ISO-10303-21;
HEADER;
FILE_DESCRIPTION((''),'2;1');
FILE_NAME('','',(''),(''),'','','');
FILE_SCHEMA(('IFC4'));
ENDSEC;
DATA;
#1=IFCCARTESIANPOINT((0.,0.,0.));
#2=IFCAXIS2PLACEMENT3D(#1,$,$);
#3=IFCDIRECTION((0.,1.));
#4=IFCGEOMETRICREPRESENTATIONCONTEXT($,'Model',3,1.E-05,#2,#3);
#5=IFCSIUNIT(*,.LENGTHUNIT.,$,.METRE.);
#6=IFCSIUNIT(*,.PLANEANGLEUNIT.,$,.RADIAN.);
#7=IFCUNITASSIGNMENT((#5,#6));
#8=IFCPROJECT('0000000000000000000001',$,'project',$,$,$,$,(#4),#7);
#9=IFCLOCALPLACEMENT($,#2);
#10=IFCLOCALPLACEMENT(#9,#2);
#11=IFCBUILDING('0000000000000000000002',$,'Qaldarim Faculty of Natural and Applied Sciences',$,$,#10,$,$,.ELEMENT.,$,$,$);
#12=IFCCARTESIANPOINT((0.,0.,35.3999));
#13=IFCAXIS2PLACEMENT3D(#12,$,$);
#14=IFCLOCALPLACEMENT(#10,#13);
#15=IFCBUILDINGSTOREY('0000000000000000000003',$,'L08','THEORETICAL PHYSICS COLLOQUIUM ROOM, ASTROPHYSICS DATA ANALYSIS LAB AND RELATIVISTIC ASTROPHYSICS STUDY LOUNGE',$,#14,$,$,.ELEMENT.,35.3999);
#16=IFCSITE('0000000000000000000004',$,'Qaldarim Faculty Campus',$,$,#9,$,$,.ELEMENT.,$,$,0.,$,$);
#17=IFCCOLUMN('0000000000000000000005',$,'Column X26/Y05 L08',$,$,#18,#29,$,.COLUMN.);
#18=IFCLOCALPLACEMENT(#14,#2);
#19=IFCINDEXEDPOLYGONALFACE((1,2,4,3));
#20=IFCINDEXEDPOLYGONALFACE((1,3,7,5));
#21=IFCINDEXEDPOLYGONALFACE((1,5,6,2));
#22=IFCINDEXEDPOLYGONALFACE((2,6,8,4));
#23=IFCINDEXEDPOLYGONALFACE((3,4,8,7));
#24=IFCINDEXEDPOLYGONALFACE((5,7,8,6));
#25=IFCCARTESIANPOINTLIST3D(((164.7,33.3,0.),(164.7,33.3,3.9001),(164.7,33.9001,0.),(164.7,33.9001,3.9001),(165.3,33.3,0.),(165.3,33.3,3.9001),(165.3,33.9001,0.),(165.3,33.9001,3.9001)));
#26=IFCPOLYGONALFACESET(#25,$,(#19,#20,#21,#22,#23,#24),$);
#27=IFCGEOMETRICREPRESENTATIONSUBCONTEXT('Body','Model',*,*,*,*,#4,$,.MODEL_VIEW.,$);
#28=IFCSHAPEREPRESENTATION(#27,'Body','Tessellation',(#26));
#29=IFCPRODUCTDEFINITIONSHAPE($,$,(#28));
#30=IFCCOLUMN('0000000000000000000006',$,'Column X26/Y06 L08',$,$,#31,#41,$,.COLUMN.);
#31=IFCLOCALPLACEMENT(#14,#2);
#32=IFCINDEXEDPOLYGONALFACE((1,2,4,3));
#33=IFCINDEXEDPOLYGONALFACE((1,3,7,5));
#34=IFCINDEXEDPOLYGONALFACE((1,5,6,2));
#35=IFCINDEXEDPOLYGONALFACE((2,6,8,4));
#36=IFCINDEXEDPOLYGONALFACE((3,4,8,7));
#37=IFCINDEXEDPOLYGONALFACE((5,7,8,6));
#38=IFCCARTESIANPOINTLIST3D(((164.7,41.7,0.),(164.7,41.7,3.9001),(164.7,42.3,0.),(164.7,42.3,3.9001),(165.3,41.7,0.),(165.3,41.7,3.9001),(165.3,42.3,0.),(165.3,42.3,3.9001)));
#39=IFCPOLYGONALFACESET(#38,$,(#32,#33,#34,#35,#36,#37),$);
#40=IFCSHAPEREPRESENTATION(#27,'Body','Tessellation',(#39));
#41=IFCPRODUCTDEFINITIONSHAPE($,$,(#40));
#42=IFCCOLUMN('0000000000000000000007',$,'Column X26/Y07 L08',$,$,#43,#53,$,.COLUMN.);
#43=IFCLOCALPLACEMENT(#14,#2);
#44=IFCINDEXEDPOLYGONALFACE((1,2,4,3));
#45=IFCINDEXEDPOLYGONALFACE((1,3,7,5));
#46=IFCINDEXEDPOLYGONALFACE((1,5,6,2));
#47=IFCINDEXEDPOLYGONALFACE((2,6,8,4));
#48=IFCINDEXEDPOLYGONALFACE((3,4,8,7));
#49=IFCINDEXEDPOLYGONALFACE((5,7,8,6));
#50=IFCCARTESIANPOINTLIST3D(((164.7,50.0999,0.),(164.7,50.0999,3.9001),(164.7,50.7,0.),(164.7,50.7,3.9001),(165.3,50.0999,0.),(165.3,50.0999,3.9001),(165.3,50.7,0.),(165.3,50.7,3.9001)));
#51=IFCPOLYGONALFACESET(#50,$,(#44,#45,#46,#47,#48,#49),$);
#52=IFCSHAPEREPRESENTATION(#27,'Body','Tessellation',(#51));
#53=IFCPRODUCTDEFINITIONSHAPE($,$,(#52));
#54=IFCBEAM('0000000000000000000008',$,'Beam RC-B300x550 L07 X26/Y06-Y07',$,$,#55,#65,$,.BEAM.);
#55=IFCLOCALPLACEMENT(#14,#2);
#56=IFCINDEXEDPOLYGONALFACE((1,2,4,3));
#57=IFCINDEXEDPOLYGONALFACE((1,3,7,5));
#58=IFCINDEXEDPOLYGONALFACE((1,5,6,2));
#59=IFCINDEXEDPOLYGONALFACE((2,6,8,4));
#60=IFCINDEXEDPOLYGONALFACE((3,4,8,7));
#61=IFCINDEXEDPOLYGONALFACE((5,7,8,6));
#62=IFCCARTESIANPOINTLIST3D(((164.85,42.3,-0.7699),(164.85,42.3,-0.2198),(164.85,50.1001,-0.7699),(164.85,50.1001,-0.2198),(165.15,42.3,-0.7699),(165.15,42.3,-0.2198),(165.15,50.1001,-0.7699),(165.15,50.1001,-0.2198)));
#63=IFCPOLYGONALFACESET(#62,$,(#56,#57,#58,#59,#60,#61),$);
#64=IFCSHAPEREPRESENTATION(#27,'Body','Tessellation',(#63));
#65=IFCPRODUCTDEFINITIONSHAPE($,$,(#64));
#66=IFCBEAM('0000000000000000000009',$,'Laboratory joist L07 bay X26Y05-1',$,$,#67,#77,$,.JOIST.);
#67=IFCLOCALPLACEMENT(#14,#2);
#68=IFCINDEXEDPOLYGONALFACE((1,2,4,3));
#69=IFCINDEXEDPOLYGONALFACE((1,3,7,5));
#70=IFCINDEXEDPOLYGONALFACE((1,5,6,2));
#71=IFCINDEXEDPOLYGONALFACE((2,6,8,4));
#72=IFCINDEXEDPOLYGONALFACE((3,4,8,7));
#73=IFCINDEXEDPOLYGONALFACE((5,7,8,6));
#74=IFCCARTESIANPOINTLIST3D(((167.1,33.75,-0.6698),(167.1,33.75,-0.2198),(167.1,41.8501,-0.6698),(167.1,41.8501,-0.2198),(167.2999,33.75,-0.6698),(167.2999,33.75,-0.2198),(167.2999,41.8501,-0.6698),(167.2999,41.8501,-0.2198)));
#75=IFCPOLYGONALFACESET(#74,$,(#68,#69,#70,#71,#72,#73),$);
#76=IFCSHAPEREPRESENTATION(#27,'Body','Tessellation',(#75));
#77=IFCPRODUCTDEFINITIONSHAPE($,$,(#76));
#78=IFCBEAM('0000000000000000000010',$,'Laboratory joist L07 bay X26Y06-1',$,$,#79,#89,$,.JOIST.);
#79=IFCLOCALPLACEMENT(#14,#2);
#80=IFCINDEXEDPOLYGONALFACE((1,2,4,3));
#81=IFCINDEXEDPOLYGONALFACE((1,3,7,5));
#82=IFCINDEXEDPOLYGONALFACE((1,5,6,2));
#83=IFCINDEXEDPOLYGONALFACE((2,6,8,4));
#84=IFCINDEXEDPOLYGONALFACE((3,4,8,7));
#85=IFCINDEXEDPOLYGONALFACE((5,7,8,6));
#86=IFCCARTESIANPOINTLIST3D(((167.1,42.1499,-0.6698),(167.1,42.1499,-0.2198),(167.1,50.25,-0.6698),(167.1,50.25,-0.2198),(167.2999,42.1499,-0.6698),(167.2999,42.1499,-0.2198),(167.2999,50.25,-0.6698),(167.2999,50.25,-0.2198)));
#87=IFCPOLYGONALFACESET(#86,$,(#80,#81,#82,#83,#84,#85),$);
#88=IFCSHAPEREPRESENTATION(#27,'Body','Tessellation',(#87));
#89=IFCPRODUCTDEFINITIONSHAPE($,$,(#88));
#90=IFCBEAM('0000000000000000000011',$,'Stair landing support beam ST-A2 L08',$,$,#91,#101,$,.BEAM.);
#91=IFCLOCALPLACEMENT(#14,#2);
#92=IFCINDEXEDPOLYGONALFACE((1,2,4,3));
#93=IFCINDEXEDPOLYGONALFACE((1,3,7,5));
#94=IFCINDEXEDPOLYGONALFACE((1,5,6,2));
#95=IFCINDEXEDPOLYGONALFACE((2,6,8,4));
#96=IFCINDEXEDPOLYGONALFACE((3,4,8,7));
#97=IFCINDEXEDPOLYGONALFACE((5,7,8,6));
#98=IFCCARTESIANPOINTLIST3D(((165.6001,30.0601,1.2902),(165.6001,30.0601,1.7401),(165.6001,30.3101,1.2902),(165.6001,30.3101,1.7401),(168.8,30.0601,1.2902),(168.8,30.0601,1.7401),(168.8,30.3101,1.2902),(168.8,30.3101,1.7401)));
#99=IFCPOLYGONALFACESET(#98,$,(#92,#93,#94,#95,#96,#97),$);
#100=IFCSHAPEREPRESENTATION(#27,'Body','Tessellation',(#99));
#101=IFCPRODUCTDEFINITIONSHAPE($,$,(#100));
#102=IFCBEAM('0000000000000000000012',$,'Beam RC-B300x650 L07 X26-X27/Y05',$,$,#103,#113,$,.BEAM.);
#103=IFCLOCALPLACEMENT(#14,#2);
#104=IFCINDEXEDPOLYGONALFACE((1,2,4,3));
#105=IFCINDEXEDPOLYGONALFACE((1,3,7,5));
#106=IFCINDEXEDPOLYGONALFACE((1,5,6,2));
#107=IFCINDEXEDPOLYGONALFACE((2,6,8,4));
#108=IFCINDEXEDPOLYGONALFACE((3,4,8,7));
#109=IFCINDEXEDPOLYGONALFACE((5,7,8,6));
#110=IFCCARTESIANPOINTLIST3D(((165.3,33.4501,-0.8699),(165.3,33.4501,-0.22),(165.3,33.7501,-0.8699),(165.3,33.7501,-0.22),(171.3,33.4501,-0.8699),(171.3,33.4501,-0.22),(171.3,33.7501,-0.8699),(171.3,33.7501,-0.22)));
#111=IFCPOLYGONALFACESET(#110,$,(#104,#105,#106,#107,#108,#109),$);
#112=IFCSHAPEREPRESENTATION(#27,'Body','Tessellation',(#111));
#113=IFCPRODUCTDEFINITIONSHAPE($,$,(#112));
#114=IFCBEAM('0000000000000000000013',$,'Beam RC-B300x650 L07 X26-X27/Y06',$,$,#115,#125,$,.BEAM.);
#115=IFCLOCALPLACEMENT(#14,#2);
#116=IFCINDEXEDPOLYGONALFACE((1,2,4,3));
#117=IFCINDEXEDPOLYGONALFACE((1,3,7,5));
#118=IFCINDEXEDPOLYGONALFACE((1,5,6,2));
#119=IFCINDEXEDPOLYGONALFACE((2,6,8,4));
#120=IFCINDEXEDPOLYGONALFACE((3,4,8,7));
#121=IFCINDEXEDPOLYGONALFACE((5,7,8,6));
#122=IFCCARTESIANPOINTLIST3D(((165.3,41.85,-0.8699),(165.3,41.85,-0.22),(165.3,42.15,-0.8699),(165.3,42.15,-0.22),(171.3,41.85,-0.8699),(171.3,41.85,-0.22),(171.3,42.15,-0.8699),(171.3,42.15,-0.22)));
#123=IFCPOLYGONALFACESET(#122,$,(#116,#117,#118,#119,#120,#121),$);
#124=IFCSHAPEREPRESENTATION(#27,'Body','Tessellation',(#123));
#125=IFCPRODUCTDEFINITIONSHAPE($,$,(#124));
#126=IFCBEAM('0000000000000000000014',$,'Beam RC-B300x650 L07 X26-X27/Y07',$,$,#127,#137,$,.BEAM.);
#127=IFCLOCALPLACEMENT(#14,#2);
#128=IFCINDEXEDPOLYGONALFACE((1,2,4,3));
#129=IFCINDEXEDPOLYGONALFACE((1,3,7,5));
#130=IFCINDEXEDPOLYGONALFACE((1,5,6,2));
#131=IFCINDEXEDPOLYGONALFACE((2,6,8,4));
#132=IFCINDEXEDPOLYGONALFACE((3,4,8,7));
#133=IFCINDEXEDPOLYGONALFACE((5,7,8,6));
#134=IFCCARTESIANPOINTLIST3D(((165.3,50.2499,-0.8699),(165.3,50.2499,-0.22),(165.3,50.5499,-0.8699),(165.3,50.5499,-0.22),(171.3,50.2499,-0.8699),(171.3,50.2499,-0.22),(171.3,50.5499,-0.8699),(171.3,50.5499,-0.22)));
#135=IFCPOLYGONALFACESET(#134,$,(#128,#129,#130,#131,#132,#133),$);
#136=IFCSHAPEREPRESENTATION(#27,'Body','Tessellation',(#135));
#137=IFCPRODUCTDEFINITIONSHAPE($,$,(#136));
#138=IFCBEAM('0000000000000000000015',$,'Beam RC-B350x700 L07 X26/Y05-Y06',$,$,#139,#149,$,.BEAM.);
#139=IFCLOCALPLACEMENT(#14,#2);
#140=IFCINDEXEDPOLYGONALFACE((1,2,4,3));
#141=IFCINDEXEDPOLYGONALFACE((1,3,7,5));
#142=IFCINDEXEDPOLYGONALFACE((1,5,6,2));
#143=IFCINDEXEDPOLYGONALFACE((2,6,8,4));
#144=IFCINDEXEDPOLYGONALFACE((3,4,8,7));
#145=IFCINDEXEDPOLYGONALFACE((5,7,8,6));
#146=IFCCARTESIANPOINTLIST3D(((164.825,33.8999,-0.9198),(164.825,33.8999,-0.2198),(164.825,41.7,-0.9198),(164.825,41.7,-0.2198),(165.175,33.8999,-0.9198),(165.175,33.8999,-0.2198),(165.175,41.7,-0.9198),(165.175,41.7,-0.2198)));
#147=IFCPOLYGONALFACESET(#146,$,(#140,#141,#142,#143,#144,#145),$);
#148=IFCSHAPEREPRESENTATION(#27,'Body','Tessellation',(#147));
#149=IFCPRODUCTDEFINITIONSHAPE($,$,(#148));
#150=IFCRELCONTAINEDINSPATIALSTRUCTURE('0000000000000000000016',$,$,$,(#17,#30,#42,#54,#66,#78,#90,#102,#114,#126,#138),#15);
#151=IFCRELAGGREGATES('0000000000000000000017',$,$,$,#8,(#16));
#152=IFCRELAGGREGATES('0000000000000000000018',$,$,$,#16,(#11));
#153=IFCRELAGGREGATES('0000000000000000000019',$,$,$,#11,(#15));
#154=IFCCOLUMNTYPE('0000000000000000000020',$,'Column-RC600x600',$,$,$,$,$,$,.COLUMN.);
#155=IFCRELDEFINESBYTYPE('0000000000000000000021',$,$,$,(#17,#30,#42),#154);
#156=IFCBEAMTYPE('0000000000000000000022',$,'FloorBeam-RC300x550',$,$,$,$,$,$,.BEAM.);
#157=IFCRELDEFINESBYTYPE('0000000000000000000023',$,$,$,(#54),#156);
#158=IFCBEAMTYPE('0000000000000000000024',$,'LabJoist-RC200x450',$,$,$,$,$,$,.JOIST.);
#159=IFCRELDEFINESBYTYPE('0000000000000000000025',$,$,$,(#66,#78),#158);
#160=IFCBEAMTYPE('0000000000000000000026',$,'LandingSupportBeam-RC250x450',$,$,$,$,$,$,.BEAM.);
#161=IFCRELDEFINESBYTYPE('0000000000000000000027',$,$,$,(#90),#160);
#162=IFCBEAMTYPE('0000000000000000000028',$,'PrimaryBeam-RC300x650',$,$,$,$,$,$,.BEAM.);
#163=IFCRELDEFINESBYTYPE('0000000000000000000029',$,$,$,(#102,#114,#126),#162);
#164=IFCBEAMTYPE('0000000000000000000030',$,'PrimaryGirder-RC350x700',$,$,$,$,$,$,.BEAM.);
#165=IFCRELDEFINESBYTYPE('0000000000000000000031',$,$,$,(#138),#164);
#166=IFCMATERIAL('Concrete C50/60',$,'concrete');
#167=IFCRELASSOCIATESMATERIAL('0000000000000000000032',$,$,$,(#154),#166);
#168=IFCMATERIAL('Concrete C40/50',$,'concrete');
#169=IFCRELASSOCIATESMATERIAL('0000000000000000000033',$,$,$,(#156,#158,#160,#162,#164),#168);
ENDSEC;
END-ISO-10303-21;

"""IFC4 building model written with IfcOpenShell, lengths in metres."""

from ifc_helpers import new_model, si_unit, direction, frame, origin, origin_2d, place, context, subcontext, project, spatial, rectangle, extrude, material, material_profile, profile_set, type_object, element, save


model = new_model("IFC4")

# Units and contexts
model_context = context("Model", 3, precision=1e-05, world=origin(), true_north=direction((0.0, 1.0)))
body_context = subcontext(model_context, "Body", "Model", "MODEL_VIEW")
ifc_project = project(units=[si_unit("LENGTHUNIT", "METRE"), si_unit("PLANEANGLEUNIT", "RADIAN")], contexts=[model_context])

# Site, building, storey
site_placement = place(None, origin())
site = spatial("IfcSite", under=ifc_project, at=site_placement, Name="Qaldarim Faculty Campus", CompositionType="ELEMENT", RefElevation=0.0)
building_placement = place(site_placement, origin())
building = spatial("IfcBuilding", under=site, at=building_placement, Name="Qaldarim Faculty of Natural and Applied Sciences", CompositionType="ELEMENT")
storey_placement = place(building_placement, frame((0.0, 0.0, 35.3999)))
storey = spatial("IfcBuildingStorey", under=building, at=storey_placement, Name="L08", Description="THEORETICAL PHYSICS COLLOQUIUM ROOM, ASTROPHYSICS DATA ANALYSIS LAB AND RELATIVISTIC ASTROPHYSICS STUDY LOUNGE", CompositionType="ELEMENT", Elevation=35.3999)

# Columns
ifc_material_1 = material(Name="Concrete C50/60", Category="concrete")
ifc_material_profile_1 = material_profile(ifc_material_1, rectangle(XDim=0.6001, YDim=0.6001, at=origin_2d()), Name="RC-C600x600")
ifc_profile_set_1 = profile_set([ifc_material_profile_1], Name="Concrete C50/60")
column_type = type_object("IfcColumnType", Name="Column-RC600x600", PredefinedType="COLUMN", material=ifc_profile_set_1)
for number, where, z_axis, x_axis, name in (
    (1, (165.0, 33.6001, 0.0), (0.0, 0.0, 1.0), (1.0, 0.0, 0.0), "Column X26/Y05 L08"),
    (2, (165.0, 42.0, 0.0), (0.0, 0.0, 1.0), (1.0, 0.0, 0.0), "Column X26/Y06 L08"),
    (3, (165.0, 50.3999, 0.0), (0.0, 0.0, 1.0), (1.0, 0.0, 0.0), "Column X26/Y07 L08"),
):
    element("IfcColumn", number, at=place(storey_placement, frame(where, z_axis=z_axis, x_axis=x_axis)), inside=storey, type_object=column_type, Name=name, PredefinedType="COLUMN", context=body_context, shape_type="SweptSolid", body=[
        extrude(rectangle(XDim=0.6001, YDim=0.6001, at=origin_2d()), origin(), (0.0, 0.0, 1.0), 3.9001),
    ])

# Beams
ifc_material_2 = material(Name="Concrete C40/50", Category="concrete")
ifc_material_profile_2 = material_profile(ifc_material_2, rectangle(XDim=0.3, YDim=0.55, at=origin_2d()), Name="RC-B300x550")
ifc_profile_set_2 = profile_set([ifc_material_profile_2], Name="Concrete C40/50")
beam_type_1 = type_object("IfcBeamType", Name="FloorBeam-RC300x550", PredefinedType="BEAM", material=ifc_profile_set_2)
beam_1_placement = place(storey_placement, frame((165.0, 42.3, -0.4949), z_axis=(0.0, 1.0, 0.0), x_axis=(-1.0, 0.0, 0.0)))
element("IfcBeam", 4, at=beam_1_placement, inside=storey, type_object=beam_type_1, Name="Beam RC-B300x550 L07 X26/Y06-Y07", PredefinedType="BEAM", context=body_context, shape_type="SweptSolid", body=[
    extrude(rectangle(XDim=0.3, YDim=0.55, at=origin_2d()), origin(), (0.0, 0.0, 1.0), 7.8),
])
ifc_material_profile_3 = material_profile(ifc_material_2, rectangle(XDim=0.2, YDim=0.45, at=origin_2d()), Name="RC-J200x450")
ifc_profile_set_3 = profile_set([ifc_material_profile_3], Name="Concrete C40/50")
beam_type_2 = type_object("IfcBeamType", Name="LabJoist-RC200x450", PredefinedType="JOIST", material=ifc_profile_set_3)
for number, where, z_axis, x_axis, name in (
    (5, (167.2, 33.75, -0.4448), (0.0, 1.0, 0.0), (-1.0, 0.0, 0.0), "Laboratory joist L07 bay X26Y05-1"),
    (6, (167.2, 42.1499, -0.4448), (0.0, 1.0, 0.0), (-1.0, 0.0, 0.0), "Laboratory joist L07 bay X26Y06-1"),
):
    element("IfcBeam", number, at=place(storey_placement, frame(where, z_axis=z_axis, x_axis=x_axis)), inside=storey, type_object=beam_type_2, Name=name, PredefinedType="JOIST", context=body_context, shape_type="SweptSolid", body=[
        extrude(rectangle(XDim=0.2, YDim=0.45, at=origin_2d()), origin(), (0.0, 0.0, 1.0), 8.1001),
    ])
ifc_material_profile_4 = material_profile(ifc_material_2, rectangle(XDim=0.25, YDim=0.45, at=origin_2d()), Name="RC-LN250x450")
ifc_profile_set_4 = profile_set([ifc_material_profile_4], Name="Concrete C40/50")
beam_type_3 = type_object("IfcBeamType", Name="LandingSupportBeam-RC250x450", PredefinedType="BEAM", material=ifc_profile_set_4)
beam_2_placement = place(storey_placement, frame((165.6001, 30.1851, 1.5151), z_axis=(1.0, 0.0, 0.0), x_axis=(0.0, 1.0, 0.0)))
element("IfcBeam", 7, at=beam_2_placement, inside=storey, type_object=beam_type_3, Name="Stair landing support beam ST-A2 L08", PredefinedType="BEAM", context=body_context, shape_type="SweptSolid", body=[
    extrude(rectangle(XDim=0.25, YDim=0.45, at=origin_2d()), origin(), (0.0, 0.0, 1.0), 3.2),
])
ifc_material_profile_5 = material_profile(ifc_material_2, rectangle(XDim=0.3, YDim=0.6499, at=origin_2d()), Name="RC-B300x650")
ifc_profile_set_5 = profile_set([ifc_material_profile_5], Name="Concrete C40/50")
beam_type_4 = type_object("IfcBeamType", Name="PrimaryBeam-RC300x650", PredefinedType="BEAM", material=ifc_profile_set_5)
for number, where, z_axis, x_axis, name in (
    (8, (165.3, 33.6001, -0.5449), (1.0, 0.0, 0.0), (0.0, 1.0, 0.0), "Beam RC-B300x650 L07 X26-X27/Y05"),
    (9, (165.3, 42.0, -0.5449), (1.0, 0.0, 0.0), (0.0, 1.0, 0.0), "Beam RC-B300x650 L07 X26-X27/Y06"),
    (10, (165.3, 50.3999, -0.5449), (1.0, 0.0, 0.0), (0.0, 1.0, 0.0), "Beam RC-B300x650 L07 X26-X27/Y07"),
):
    element("IfcBeam", number, at=place(storey_placement, frame(where, z_axis=z_axis, x_axis=x_axis)), inside=storey, type_object=beam_type_4, Name=name, PredefinedType="BEAM", context=body_context, shape_type="SweptSolid", body=[
        extrude(rectangle(XDim=0.3, YDim=0.6499, at=origin_2d()), origin(), (0.0, 0.0, 1.0), 6.0),
    ])
ifc_material_profile_6 = material_profile(ifc_material_2, rectangle(XDim=0.3501, YDim=0.7, at=origin_2d()), Name="RC-B350x700")
ifc_profile_set_6 = profile_set([ifc_material_profile_6], Name="Concrete C40/50")
beam_type_5 = type_object("IfcBeamType", Name="PrimaryGirder-RC350x700", PredefinedType="BEAM", material=ifc_profile_set_6)
beam_3_placement = place(storey_placement, frame((165.0, 33.8999, -0.5698), z_axis=(0.0, 1.0, 0.0), x_axis=(-1.0, 0.0, 0.0)))
element("IfcBeam", 11, at=beam_3_placement, inside=storey, type_object=beam_type_5, Name="Beam RC-B350x700 L07 X26/Y05-Y06", PredefinedType="BEAM", context=body_context, shape_type="SweptSolid", body=[
    extrude(rectangle(XDim=0.3501, YDim=0.7, at=origin_2d()), origin(), (0.0, 0.0, 1.0), 7.8),
])

save(model, "model.ifc")
